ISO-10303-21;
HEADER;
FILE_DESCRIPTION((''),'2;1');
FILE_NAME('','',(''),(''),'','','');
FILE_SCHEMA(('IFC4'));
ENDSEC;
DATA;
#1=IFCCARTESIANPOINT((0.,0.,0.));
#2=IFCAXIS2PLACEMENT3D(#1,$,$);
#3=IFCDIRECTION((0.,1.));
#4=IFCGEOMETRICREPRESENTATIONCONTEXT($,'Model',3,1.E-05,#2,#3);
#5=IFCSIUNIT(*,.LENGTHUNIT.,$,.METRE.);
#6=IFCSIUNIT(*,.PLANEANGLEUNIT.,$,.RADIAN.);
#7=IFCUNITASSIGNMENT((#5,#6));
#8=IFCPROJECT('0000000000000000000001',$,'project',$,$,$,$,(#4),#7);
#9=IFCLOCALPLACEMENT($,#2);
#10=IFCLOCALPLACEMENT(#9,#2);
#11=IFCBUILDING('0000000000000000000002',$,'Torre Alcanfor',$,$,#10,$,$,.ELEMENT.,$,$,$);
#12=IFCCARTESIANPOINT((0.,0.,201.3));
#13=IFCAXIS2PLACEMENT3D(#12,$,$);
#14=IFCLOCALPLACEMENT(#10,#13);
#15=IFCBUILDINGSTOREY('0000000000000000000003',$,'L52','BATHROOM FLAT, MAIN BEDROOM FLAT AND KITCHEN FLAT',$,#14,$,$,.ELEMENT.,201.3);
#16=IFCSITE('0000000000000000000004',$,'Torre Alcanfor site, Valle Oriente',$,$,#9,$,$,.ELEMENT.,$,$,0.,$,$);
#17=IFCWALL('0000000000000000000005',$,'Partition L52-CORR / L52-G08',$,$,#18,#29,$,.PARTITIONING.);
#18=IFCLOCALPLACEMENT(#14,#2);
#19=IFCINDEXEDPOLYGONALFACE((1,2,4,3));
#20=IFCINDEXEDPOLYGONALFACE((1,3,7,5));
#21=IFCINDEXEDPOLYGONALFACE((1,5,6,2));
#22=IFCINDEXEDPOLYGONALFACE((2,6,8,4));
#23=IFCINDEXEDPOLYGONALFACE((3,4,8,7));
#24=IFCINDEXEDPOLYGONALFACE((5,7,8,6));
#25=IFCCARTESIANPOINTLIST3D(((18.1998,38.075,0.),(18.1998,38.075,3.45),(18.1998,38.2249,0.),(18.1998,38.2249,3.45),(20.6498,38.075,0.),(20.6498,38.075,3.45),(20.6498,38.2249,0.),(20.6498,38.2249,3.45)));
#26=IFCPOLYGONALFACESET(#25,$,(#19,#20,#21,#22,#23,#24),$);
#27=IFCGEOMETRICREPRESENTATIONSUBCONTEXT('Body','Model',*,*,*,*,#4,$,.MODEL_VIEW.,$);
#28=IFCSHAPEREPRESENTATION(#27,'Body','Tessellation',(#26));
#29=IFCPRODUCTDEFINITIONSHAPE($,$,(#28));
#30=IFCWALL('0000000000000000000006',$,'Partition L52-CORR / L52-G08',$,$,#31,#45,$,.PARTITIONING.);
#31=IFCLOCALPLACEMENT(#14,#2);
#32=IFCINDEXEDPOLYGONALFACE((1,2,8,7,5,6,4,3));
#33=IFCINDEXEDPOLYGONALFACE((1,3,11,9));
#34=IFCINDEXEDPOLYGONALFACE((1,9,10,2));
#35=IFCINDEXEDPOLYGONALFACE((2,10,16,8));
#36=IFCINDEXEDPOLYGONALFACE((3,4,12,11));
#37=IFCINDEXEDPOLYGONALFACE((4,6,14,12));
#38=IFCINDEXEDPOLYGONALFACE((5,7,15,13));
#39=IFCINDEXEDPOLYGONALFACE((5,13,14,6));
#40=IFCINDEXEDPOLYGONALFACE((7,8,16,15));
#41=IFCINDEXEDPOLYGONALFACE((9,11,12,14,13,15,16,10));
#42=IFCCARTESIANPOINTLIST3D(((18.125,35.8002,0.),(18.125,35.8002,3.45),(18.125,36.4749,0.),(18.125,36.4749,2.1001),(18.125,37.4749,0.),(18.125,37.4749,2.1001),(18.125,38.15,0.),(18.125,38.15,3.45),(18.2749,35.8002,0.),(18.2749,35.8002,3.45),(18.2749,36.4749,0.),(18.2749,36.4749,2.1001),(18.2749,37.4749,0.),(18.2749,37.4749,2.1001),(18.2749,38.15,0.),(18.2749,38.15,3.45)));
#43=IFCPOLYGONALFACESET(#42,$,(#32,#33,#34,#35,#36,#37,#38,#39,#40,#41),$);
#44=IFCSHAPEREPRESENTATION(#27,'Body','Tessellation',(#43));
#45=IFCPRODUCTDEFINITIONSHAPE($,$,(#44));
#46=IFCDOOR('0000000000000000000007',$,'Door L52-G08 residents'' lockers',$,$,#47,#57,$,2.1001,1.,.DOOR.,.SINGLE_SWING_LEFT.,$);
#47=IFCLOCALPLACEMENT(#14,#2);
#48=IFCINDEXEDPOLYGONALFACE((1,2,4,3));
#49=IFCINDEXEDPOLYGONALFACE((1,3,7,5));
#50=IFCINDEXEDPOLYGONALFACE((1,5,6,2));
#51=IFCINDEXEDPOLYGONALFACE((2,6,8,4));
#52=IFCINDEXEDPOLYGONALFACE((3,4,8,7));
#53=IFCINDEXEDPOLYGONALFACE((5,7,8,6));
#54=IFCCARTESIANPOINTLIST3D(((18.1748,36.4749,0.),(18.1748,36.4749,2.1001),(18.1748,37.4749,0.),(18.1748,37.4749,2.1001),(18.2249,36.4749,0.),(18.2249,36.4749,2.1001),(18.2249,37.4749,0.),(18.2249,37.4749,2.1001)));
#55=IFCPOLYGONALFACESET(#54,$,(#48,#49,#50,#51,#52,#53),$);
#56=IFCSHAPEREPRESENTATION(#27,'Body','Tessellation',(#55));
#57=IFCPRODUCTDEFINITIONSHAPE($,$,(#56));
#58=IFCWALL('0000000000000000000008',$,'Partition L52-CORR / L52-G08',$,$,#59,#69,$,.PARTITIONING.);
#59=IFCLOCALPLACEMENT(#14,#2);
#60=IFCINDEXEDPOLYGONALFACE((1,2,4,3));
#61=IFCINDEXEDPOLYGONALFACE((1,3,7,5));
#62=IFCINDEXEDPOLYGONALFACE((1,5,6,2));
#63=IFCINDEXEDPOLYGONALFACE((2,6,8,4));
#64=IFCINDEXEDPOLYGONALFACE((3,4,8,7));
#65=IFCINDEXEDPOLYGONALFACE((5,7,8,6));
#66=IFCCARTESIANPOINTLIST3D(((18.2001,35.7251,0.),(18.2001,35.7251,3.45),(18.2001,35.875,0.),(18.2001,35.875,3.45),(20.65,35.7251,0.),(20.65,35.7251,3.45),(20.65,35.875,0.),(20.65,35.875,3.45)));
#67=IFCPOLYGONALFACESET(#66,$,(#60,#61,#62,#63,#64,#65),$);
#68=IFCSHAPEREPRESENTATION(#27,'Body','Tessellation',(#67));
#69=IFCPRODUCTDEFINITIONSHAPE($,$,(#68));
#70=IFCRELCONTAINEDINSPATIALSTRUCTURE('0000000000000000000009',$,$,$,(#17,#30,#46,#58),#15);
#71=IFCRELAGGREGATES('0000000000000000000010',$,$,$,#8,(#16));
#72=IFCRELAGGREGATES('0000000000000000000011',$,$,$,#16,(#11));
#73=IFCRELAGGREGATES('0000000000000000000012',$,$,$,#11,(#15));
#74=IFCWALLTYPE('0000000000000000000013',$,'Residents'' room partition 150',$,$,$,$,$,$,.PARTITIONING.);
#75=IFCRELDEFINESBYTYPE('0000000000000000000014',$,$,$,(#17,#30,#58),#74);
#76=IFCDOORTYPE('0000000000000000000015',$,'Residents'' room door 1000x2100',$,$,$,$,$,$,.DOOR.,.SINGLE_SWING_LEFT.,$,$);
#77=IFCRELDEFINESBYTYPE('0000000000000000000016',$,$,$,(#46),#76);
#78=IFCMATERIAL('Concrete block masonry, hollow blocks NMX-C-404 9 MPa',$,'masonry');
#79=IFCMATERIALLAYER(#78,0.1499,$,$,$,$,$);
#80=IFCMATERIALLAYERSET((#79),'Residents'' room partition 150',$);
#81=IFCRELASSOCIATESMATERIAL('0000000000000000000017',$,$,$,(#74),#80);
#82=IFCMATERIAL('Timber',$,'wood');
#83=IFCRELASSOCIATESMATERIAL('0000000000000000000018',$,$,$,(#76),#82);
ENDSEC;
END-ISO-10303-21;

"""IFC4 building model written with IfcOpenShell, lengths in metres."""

from ifc_helpers import new_model, si_unit, direction, frame, frame_2d, origin, place, context, subcontext, project, spatial, rectangle, extrude, material, layer, layer_set, type_object, element, fill, save


model = new_model("IFC4")

# Units and contexts
model_context = context("Model", 3, precision=1e-05, world=origin(), true_north=direction((0.0, 1.0)))
body_context = subcontext(model_context, "Body", "Model", "MODEL_VIEW")
ifc_project = project(units=[si_unit("LENGTHUNIT", "METRE"), si_unit("PLANEANGLEUNIT", "RADIAN")], contexts=[model_context])

# Site, building, storey
site_placement = place(None, origin())
site = spatial("IfcSite", under=ifc_project, at=site_placement, Name="Torre Alcanfor site, Valle Oriente", CompositionType="ELEMENT", RefElevation=0.0)
building_placement = place(site_placement, origin())
building = spatial("IfcBuilding", under=site, at=building_placement, Name="Torre Alcanfor", CompositionType="ELEMENT")
storey_placement = place(building_placement, frame((0.0, 0.0, 201.3)))
storey = spatial("IfcBuildingStorey", under=building, at=storey_placement, Name="L52", Description="BATHROOM FLAT, MAIN BEDROOM FLAT AND KITCHEN FLAT", CompositionType="ELEMENT", Elevation=201.3)

# Wall
ifc_material_1 = material(Name="Concrete block masonry, hollow blocks NMX-C-404 9 MPa", Category="masonry")
ifc_layer_1 = layer(ifc_material_1, 0.1499)
ifc_layer_set_1 = layer_set([ifc_layer_1], Name="Residents' room partition 150")
wall_type_1 = type_object("IfcWallType", Name="Residents' room partition 150", PredefinedType="PARTITIONING", material=ifc_layer_set_1)
wall_1_placement = place(storey_placement, frame((20.6499, 38.1499, 0.0), z_axis=(0.0, 0.0, 1.0), x_axis=(-1.0, 0.0, 0.0)))
element("IfcWall", 1, at=wall_1_placement, inside=storey, type_object=wall_type_1, Name="Partition L52-CORR / L52-G08", PredefinedType="PARTITIONING", context=body_context, shape_type="SweptSolid", body=[
    extrude(rectangle(XDim=2.45, YDim=0.1499, at=frame_2d((1.2251, 0.0))), origin(), (0.0, 0.0, 1.0), 3.45),
])

# Wall, opening, door
wall_2_placement = place(storey_placement, frame((18.2, 38.1499, 0.0), z_axis=(0.0, 0.0, 1.0), x_axis=(0.0, -1.0, 0.0)))
wall_2 = element("IfcWall", 2, at=wall_2_placement, inside=storey, type_object=wall_type_1, Name="Partition L52-CORR / L52-G08", PredefinedType="PARTITIONING", context=body_context, shape_type="SweptSolid", body=[
    extrude(rectangle(XDim=2.3499, YDim=0.1499, at=frame_2d((1.1748, 0.0))), origin(), (0.0, 0.0, 1.0), 3.45),
])
opening_1_placement = place(wall_2_placement, frame((0.675, 0.0, 0.0)))
opening_1 = element("IfcOpeningElement", 3, at=opening_1_placement, cuts=wall_2, PredefinedType="OPENING", context=body_context, shape_type="SweptSolid", body=[
    extrude(rectangle(XDim=1.0, YDim=2.1001, at=frame_2d((0.5, 1.05))), frame((0.0, 0.085, 0.0), z_axis=(0.0, -1.0, 0.0), x_axis=(1.0, 0.0, 0.0)), (0.0, 0.0, 1.0), 0.1699),
])
ifc_material_2 = material(Name="Timber", Category="wood")
door_type_1 = type_object("IfcDoorType", Name="Residents' room door 1000x2100", OperationType="SINGLE_SWING_LEFT", PredefinedType="DOOR", material=ifc_material_2)
door_1_placement = place(opening_1_placement, origin())
door_1 = element("IfcDoor", 4, at=door_1_placement, inside=storey, type_object=door_type_1, Name="Door L52-G08 residents' lockers", OperationType="SINGLE_SWING_LEFT", OverallHeight=2.1001, OverallWidth=1.0, PredefinedType="DOOR", context=body_context, shape_type="SweptSolid", body=[
    extrude(rectangle(XDim=1.0, YDim=2.1001, at=frame_2d((0.5, 1.05))), frame((0.0, 0.0249, 0.0), z_axis=(0.0, -1.0, 0.0), x_axis=(1.0, 0.0, 0.0)), (0.0, 0.0, 1.0), 0.05),
])
fill(opening_1, door_1)

# Wall
wall_3_placement = place(storey_placement, frame((18.2, 35.8, 0.0), z_axis=(0.0, 0.0, 1.0), x_axis=(1.0, 0.0, 0.0)))
element("IfcWall", 5, at=wall_3_placement, inside=storey, type_object=wall_type_1, Name="Partition L52-CORR / L52-G08", PredefinedType="PARTITIONING", context=body_context, shape_type="SweptSolid", body=[
    extrude(rectangle(XDim=2.45, YDim=0.1499, at=frame_2d((1.2251, 0.0))), origin(), (0.0, 0.0, 1.0), 3.45),
])

save(model, "model.ifc")
